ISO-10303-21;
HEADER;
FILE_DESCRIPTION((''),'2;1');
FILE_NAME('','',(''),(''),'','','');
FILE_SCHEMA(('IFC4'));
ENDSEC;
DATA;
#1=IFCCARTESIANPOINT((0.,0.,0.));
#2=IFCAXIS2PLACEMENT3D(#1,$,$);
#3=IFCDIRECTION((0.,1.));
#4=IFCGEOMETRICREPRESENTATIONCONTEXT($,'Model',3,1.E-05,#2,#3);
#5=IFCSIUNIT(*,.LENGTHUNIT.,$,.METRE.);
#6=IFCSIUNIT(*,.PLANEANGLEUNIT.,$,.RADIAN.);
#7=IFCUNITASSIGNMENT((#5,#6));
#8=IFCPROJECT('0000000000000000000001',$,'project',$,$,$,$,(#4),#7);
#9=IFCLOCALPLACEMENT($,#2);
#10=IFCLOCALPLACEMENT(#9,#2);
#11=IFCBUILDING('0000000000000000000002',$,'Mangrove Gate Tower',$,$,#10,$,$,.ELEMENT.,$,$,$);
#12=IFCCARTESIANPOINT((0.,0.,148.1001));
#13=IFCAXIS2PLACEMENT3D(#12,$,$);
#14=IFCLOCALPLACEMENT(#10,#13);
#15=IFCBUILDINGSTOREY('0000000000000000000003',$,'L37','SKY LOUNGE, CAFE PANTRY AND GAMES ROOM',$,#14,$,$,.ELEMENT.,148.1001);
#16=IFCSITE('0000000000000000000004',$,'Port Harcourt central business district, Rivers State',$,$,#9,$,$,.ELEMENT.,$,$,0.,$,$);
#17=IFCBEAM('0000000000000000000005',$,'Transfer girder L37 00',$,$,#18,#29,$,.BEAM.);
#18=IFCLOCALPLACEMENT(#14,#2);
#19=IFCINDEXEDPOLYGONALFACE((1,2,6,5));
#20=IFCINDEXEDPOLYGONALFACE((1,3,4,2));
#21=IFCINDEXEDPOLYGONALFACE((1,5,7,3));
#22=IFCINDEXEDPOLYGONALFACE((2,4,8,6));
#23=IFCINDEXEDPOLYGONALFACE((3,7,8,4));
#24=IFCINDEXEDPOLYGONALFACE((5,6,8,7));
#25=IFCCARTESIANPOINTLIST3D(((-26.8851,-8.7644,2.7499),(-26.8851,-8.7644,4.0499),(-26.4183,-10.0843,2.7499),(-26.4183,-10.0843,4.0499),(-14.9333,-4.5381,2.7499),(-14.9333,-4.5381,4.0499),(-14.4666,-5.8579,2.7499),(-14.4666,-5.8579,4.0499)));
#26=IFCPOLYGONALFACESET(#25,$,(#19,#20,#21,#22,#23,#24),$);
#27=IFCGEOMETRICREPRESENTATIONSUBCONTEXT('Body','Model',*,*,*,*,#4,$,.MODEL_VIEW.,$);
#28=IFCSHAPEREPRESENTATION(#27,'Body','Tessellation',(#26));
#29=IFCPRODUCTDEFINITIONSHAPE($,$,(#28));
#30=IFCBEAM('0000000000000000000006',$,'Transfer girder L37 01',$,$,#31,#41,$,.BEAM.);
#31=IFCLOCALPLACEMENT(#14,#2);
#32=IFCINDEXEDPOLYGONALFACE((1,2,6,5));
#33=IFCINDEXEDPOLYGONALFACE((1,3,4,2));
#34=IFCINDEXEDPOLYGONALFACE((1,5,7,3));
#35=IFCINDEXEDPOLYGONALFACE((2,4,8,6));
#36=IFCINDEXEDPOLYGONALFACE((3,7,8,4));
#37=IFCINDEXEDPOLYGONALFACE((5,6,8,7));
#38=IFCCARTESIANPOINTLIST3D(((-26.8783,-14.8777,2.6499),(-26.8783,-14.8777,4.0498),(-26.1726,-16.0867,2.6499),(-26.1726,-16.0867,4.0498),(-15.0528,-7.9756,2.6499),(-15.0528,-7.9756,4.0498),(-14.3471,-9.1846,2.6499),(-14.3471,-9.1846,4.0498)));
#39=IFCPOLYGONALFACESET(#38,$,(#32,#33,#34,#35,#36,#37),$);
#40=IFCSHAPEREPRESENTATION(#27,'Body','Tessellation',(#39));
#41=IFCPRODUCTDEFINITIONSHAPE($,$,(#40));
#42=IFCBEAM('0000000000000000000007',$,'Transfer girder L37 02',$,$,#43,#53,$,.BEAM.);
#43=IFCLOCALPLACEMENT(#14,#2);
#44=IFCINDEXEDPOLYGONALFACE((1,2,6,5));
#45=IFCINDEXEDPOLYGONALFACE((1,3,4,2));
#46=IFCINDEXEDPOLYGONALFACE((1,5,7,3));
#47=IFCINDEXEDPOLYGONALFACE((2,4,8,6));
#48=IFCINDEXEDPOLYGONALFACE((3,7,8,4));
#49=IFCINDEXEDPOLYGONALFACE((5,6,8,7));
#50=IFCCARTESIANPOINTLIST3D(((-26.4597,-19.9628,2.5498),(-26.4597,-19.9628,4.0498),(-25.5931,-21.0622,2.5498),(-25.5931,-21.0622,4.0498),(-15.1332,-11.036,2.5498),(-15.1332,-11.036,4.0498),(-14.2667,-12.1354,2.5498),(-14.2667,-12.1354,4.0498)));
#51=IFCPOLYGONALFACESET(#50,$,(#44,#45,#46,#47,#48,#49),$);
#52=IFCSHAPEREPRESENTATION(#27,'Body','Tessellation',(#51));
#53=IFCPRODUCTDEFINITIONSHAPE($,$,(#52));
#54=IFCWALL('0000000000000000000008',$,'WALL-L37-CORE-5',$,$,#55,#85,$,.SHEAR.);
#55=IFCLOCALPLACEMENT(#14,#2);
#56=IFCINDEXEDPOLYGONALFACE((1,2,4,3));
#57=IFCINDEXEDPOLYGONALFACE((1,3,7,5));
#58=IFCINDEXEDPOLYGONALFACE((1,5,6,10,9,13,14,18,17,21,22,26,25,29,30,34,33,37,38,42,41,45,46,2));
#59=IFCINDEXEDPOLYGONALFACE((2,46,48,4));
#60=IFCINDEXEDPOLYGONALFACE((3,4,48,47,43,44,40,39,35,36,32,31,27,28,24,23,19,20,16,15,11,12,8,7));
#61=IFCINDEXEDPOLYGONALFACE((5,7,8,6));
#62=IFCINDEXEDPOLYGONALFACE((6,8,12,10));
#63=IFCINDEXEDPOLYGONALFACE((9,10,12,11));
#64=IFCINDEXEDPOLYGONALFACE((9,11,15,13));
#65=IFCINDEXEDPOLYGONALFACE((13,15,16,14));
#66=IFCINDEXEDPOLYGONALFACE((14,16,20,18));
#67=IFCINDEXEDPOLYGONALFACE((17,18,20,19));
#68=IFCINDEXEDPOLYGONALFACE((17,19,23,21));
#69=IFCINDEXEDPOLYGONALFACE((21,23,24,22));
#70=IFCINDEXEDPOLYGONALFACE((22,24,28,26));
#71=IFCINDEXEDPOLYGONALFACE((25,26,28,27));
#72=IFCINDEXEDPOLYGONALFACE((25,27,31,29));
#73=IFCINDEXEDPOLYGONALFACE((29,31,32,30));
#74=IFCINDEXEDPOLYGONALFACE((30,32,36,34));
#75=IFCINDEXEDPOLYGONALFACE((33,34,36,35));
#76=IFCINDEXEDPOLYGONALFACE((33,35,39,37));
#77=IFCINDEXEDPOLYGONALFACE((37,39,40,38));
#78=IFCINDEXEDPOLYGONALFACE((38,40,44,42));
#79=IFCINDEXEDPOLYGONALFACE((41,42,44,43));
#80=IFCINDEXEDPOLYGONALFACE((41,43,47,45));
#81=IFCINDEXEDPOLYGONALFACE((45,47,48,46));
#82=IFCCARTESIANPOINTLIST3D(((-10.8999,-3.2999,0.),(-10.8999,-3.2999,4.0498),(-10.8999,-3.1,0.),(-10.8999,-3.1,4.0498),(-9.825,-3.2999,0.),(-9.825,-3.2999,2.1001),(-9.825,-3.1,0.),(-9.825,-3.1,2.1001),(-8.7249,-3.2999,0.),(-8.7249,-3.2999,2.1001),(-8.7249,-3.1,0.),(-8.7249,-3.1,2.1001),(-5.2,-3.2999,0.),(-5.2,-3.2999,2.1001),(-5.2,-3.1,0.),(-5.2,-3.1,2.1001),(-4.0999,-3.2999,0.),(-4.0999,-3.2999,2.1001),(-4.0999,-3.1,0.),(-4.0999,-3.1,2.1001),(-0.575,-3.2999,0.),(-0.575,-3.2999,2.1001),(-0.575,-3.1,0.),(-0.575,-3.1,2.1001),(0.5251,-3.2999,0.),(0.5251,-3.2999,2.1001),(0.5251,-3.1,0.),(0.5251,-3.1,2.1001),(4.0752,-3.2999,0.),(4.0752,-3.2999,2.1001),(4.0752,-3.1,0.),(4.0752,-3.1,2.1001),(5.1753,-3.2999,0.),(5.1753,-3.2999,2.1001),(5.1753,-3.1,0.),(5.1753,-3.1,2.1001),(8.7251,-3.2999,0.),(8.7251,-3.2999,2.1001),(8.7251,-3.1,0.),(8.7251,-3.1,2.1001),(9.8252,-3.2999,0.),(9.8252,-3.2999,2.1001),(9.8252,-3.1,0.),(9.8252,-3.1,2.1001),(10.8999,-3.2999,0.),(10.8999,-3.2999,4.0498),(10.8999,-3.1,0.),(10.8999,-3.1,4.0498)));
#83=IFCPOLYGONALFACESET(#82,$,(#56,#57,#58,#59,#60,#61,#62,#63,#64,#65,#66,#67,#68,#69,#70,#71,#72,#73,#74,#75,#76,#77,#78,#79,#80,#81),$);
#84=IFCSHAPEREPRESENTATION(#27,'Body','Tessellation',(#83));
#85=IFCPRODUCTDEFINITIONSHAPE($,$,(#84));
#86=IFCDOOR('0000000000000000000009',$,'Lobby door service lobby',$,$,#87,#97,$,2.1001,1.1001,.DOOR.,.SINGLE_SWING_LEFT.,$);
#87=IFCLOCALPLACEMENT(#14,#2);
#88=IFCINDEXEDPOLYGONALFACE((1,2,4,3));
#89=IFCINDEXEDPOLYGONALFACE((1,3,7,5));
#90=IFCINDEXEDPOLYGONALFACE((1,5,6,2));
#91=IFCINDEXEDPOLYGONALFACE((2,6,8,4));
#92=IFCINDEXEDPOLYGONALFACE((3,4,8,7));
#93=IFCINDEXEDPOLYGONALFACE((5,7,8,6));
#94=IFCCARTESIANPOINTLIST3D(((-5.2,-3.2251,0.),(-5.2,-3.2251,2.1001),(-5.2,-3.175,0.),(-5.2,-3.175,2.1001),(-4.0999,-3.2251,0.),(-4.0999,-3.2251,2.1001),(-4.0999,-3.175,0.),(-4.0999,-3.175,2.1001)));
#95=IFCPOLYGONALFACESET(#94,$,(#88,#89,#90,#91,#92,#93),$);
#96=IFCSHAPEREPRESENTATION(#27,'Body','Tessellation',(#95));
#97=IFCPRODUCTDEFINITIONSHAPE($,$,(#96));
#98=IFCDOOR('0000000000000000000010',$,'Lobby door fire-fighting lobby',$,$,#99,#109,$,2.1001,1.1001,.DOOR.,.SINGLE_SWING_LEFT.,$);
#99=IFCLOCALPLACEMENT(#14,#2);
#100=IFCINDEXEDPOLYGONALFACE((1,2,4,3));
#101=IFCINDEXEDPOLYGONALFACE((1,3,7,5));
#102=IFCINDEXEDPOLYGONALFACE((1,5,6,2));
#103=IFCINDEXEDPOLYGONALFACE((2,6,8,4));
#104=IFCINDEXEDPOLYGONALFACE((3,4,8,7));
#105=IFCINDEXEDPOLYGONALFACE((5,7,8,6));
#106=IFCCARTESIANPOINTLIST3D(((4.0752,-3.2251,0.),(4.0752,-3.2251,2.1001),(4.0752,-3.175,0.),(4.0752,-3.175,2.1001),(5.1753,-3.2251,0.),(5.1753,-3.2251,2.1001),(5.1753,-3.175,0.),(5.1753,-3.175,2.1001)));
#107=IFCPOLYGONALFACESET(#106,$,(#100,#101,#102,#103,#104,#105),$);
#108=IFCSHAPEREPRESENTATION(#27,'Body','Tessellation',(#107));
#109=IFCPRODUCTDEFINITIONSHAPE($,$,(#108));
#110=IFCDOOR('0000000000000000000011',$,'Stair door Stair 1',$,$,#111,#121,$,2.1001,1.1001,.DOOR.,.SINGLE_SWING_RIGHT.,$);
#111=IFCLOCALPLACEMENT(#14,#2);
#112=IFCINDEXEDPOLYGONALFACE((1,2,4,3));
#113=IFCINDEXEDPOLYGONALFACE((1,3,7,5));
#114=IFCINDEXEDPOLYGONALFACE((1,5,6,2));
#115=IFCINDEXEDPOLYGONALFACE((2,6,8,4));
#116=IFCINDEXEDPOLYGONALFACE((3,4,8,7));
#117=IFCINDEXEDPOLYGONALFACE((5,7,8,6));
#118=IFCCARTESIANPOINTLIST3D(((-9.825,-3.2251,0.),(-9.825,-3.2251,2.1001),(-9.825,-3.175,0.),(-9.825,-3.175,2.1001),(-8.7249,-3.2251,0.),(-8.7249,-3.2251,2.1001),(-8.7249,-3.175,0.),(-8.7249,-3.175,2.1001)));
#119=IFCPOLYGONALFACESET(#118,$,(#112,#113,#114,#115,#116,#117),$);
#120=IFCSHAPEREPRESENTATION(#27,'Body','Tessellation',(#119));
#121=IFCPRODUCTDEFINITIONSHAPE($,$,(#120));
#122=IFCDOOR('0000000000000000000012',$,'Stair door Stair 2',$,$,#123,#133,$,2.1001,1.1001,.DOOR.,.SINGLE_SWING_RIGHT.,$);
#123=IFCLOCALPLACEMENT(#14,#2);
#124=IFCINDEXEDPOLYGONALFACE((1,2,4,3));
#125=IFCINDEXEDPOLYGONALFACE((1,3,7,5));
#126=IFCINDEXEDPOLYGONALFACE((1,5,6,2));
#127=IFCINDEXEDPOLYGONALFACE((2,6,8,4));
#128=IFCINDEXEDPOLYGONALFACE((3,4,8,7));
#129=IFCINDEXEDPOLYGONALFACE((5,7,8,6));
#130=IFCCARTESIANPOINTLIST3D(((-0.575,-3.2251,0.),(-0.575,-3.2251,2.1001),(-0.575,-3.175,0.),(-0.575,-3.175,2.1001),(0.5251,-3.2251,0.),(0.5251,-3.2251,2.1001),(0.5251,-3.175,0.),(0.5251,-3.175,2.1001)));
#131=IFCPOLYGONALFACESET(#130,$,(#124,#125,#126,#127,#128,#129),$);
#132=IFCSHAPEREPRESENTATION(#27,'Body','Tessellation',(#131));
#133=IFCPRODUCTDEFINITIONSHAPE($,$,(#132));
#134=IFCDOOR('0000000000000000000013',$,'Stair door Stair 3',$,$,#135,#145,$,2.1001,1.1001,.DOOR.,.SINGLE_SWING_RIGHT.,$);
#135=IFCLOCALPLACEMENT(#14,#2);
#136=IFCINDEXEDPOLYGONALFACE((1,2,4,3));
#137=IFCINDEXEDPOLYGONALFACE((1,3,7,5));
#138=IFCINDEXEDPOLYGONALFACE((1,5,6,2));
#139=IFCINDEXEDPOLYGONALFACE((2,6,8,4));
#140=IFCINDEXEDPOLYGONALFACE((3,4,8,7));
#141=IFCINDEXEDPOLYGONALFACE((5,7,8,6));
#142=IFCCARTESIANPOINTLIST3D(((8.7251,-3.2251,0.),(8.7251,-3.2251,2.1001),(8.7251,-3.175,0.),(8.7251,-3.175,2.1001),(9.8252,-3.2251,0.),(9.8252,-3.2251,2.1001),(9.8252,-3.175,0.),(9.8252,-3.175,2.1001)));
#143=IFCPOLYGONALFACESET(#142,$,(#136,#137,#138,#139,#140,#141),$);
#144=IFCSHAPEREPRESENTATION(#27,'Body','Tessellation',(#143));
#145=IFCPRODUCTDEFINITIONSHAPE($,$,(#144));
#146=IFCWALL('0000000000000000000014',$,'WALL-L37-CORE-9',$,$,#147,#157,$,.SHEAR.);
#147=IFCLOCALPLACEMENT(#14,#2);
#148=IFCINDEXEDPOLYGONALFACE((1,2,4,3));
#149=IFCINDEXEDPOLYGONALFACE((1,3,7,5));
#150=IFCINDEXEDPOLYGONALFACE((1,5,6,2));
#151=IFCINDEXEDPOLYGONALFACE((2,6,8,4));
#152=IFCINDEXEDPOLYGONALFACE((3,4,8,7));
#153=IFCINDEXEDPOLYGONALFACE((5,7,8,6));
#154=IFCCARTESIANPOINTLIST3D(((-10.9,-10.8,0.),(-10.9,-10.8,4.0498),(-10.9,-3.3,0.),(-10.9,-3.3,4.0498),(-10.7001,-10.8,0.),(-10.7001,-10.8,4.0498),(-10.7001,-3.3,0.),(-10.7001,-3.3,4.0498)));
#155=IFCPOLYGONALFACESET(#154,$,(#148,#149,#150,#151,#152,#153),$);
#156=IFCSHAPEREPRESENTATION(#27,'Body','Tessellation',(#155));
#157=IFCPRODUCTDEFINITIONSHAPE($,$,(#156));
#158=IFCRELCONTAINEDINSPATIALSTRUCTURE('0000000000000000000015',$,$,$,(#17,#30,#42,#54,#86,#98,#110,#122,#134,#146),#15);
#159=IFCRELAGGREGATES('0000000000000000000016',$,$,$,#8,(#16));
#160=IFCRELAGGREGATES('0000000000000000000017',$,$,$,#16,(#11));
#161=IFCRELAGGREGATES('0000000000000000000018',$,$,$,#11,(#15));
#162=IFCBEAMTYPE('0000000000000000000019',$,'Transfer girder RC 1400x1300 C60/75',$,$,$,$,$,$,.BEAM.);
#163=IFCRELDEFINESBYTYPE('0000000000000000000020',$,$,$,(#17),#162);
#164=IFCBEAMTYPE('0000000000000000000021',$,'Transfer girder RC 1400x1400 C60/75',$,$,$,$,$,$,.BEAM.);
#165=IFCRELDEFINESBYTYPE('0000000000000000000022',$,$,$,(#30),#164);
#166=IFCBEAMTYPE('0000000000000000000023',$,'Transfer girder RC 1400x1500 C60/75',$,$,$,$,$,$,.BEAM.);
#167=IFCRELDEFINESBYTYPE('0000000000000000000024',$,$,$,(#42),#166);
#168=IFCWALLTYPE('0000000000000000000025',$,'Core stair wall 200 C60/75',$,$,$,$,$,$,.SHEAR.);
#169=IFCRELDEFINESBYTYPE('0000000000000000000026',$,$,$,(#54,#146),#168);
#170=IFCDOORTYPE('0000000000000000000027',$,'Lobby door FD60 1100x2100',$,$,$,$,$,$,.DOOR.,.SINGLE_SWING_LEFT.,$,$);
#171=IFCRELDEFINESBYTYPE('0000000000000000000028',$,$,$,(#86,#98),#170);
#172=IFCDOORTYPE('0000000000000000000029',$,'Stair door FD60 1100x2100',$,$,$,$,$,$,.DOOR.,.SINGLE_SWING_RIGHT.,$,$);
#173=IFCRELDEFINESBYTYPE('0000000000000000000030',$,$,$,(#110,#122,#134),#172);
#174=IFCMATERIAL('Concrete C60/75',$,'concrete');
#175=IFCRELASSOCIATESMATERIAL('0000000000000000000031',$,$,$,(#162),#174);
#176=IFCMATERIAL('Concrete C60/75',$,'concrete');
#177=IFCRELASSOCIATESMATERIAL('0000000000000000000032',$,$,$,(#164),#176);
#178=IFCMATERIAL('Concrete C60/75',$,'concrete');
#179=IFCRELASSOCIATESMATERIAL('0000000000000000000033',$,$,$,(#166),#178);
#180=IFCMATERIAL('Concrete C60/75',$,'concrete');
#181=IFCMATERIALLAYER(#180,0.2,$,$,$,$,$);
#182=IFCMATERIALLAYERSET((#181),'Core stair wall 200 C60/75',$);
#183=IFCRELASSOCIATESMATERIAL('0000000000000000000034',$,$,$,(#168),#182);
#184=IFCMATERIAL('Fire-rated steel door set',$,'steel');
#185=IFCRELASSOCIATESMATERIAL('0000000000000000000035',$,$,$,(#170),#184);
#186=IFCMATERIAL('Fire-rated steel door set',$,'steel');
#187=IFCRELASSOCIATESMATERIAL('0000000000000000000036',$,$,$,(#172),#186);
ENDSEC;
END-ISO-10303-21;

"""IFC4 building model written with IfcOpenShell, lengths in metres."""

from ifc_helpers import new_model, si_unit, direction, frame, frame_2d, origin, origin_2d, place, context, subcontext, project, spatial, rectangle, extrude, material, layer, layer_set, material_profile, profile_set, type_object, element, fill, save


model = new_model("IFC4")

# Units and contexts
model_context = context("Model", 3, precision=1e-05, world=origin(), true_north=direction((0.0, 1.0)))
body_context = subcontext(model_context, "Body", "Model", "MODEL_VIEW")
ifc_project = project(units=[si_unit("LENGTHUNIT", "METRE"), si_unit("PLANEANGLEUNIT", "RADIAN")], contexts=[model_context])

# Site, building, storey
site_placement = place(None, origin())
site = spatial("IfcSite", under=ifc_project, at=site_placement, Name="Port Harcourt central business district, Rivers State", CompositionType="ELEMENT", RefElevation=0.0)
building_placement = place(site_placement, origin())
building = spatial("IfcBuilding", under=site, at=building_placement, Name="Mangrove Gate Tower", CompositionType="ELEMENT")
storey_placement = place(building_placement, frame((0.0, 0.0, 148.1001)))
storey = spatial("IfcBuildingStorey", under=building, at=storey_placement, Name="L37", Description="SKY LOUNGE, CAFE PANTRY AND GAMES ROOM", CompositionType="ELEMENT", Elevation=148.1001)

# Beams
ifc_material_1 = material(Name="Concrete C60/75", Category="concrete")
ifc_material_profile_1 = material_profile(ifc_material_1, rectangle(XDim=1.3999, YDim=1.3, at=origin_2d()))
ifc_profile_set_1 = profile_set([ifc_material_profile_1], Name="Concrete C60/75")
beam_type_1 = type_object("IfcBeamType", Name="Transfer girder RC 1400x1300 C60/75", PredefinedType="BEAM", material=ifc_profile_set_1)
beam_1_placement = place(storey_placement, frame((-14.7, -5.198, 3.3999), z_axis=(-0.94279, -0.333387, 0.0), x_axis=(0.333387, -0.94279, 0.0)))
element("IfcBeam", 1, at=beam_1_placement, inside=storey, type_object=beam_type_1, Name="Transfer girder L37 00", PredefinedType="BEAM", context=body_context, shape_type="SweptSolid", body=[
    extrude(rectangle(XDim=1.3999, YDim=1.3, at=origin_2d()), origin(), (0.0, 0.0, 1.0), 12.677),
])
ifc_material_2 = material(Name="Concrete C60/75", Category="concrete")
ifc_material_profile_2 = material_profile(ifc_material_2, rectangle(XDim=1.3999, YDim=1.3999, at=origin_2d()))
ifc_profile_set_2 = profile_set([ifc_material_profile_2], Name="Concrete C60/75")
beam_type_2 = type_object("IfcBeamType", Name="Transfer girder RC 1400x1400 C60/75", PredefinedType="BEAM", material=ifc_profile_set_2)
beam_2_placement = place(storey_placement, frame((-14.7, -8.5801, 3.3499), z_axis=(-0.863654, -0.504085, 0.0), x_axis=(0.504085, -0.863654, 0.0)))
element("IfcBeam", 2, at=beam_2_placement, inside=storey, type_object=beam_type_2, Name="Transfer girder L37 01", PredefinedType="BEAM", context=body_context, shape_type="SweptSolid", body=[
    extrude(rectangle(XDim=1.3999, YDim=1.3999, at=origin_2d()), origin(), (0.0, 0.0, 1.0), 13.6924),
])
ifc_material_3 = material(Name="Concrete C60/75", Category="concrete")
ifc_material_profile_3 = material_profile(ifc_material_3, rectangle(XDim=1.3999, YDim=1.5, at=origin_2d()))
ifc_profile_set_3 = profile_set([ifc_material_profile_3], Name="Concrete C60/75")
beam_type_3 = type_object("IfcBeamType", Name="Transfer girder RC 1400x1500 C60/75", PredefinedType="BEAM", material=ifc_profile_set_3)
beam_3_placement = place(storey_placement, frame((-14.7, -11.5857, 3.2998), z_axis=(-0.785393, -0.618997, 0.0), x_axis=(0.618997, -0.785393, 0.0)))
element("IfcBeam", 3, at=beam_3_placement, inside=storey, type_object=beam_type_3, Name="Transfer girder L37 02", PredefinedType="BEAM", context=body_context, shape_type="SweptSolid", body=[
    extrude(rectangle(XDim=1.3999, YDim=1.5, at=origin_2d()), origin(), (0.0, 0.0, 1.0), 14.4214),
])

# Wall, openings, doors
ifc_material_4 = material(Name="Concrete C60/75", Category="concrete")
ifc_layer_1 = layer(ifc_material_4, 0.2)
ifc_layer_set_1 = layer_set([ifc_layer_1], Name="Core stair wall 200 C60/75")
wall_type_1 = type_object("IfcWallType", Name="Core stair wall 200 C60/75", PredefinedType="SHEAR", material=ifc_layer_set_1)
wall_1_placement = place(storey_placement, frame((-10.8999, -3.2, 0.0), z_axis=(0.0, 0.0, 1.0), x_axis=(1.0, 0.0, 0.0)))
wall_1 = element("IfcWall", 4, at=wall_1_placement, inside=storey, type_object=wall_type_1, Name="WALL-L37-CORE-5", PredefinedType="SHEAR", context=body_context, shape_type="SweptSolid", body=[
    extrude(rectangle(XDim=21.7998, YDim=0.2, at=frame_2d((10.8999, 0.0))), origin(), (0.0, 0.0, 1.0), 4.0498),
])
opening_1_placement = place(wall_1_placement, frame((1.075, 0.0, 0.0)))
opening_1 = element("IfcOpeningElement", 5, at=opening_1_placement, cuts=wall_1, PredefinedType="OPENING", context=body_context, shape_type="SweptSolid", body=[
    extrude(rectangle(XDim=1.1001, YDim=2.1001, at=frame_2d((0.55, 1.05))), frame((0.0, 0.1099, 0.0), z_axis=(0.0, -1.0, 0.0), x_axis=(1.0, 0.0, 0.0)), (0.0, 0.0, 1.0), 0.22),
])
opening_2_placement = place(wall_1_placement, frame((10.325, 0.0, 0.0)))
opening_2 = element("IfcOpeningElement", 6, at=opening_2_placement, cuts=wall_1, PredefinedType="OPENING", context=body_context, shape_type="SweptSolid", body=[
    extrude(rectangle(XDim=1.1001, YDim=2.1001, at=frame_2d((0.55, 1.05))), frame((0.0, 0.1099, 0.0), z_axis=(0.0, -1.0, 0.0), x_axis=(1.0, 0.0, 0.0)), (0.0, 0.0, 1.0), 0.22),
])
opening_3_placement = place(wall_1_placement, frame((19.625, 0.0, 0.0)))
opening_3 = element("IfcOpeningElement", 7, at=opening_3_placement, cuts=wall_1, PredefinedType="OPENING", context=body_context, shape_type="SweptSolid", body=[
    extrude(rectangle(XDim=1.1001, YDim=2.1001, at=frame_2d((0.55, 1.05))), frame((0.0, 0.1099, 0.0), z_axis=(0.0, -1.0, 0.0), x_axis=(1.0, 0.0, 0.0)), (0.0, 0.0, 1.0), 0.22),
])
opening_4_placement = place(wall_1_placement, frame((5.7, 0.0, 0.0)))
opening_4 = element("IfcOpeningElement", 8, at=opening_4_placement, cuts=wall_1, PredefinedType="OPENING", context=body_context, shape_type="SweptSolid", body=[
    extrude(rectangle(XDim=1.1001, YDim=2.1001, at=frame_2d((0.55, 1.05))), frame((0.0, 0.1099, 0.0), z_axis=(0.0, -1.0, 0.0), x_axis=(1.0, 0.0, 0.0)), (0.0, 0.0, 1.0), 0.22),
])
opening_5_placement = place(wall_1_placement, frame((14.9751, 0.0, 0.0)))
opening_5 = element("IfcOpeningElement", 9, at=opening_5_placement, cuts=wall_1, PredefinedType="OPENING", context=body_context, shape_type="SweptSolid", body=[
    extrude(rectangle(XDim=1.1001, YDim=2.1001, at=frame_2d((0.55, 1.05))), frame((0.0, 0.1099, 0.0), z_axis=(0.0, -1.0, 0.0), x_axis=(1.0, 0.0, 0.0)), (0.0, 0.0, 1.0), 0.22),
])
ifc_material_5 = material(Name="Fire-rated steel door set", Category="steel")
door_type_1 = type_object("IfcDoorType", Name="Lobby door FD60 1100x2100", OperationType="SINGLE_SWING_LEFT", PredefinedType="DOOR", material=ifc_material_5)
door_1_placement = place(opening_4_placement, origin())
door_1 = element("IfcDoor", 10, at=door_1_placement, inside=storey, type_object=door_type_1, Name="Lobby door service lobby", OperationType="SINGLE_SWING_LEFT", OverallHeight=2.1001, OverallWidth=1.1001, PredefinedType="DOOR", context=body_context, shape_type="SweptSolid", body=[
    extrude(rectangle(XDim=1.1001, YDim=2.1001, at=frame_2d((0.55, 1.05))), frame((0.0, 0.0249, 0.0), z_axis=(0.0, -1.0, 0.0), x_axis=(1.0, 0.0, 0.0)), (0.0, 0.0, 1.0), 0.05),
])
fill(opening_4, door_1)
door_2_placement = place(opening_5_placement, origin())
door_2 = element("IfcDoor", 11, at=door_2_placement, inside=storey, type_object=door_type_1, Name="Lobby door fire-fighting lobby", OperationType="SINGLE_SWING_LEFT", OverallHeight=2.1001, OverallWidth=1.1001, PredefinedType="DOOR", context=body_context, shape_type="SweptSolid", body=[
    extrude(rectangle(XDim=1.1001, YDim=2.1001, at=frame_2d((0.55, 1.05))), frame((0.0, 0.0249, 0.0), z_axis=(0.0, -1.0, 0.0), x_axis=(1.0, 0.0, 0.0)), (0.0, 0.0, 1.0), 0.05),
])
fill(opening_5, door_2)
ifc_material_6 = material(Name="Fire-rated steel door set", Category="steel")
door_type_2 = type_object("IfcDoorType", Name="Stair door FD60 1100x2100", OperationType="SINGLE_SWING_RIGHT", PredefinedType="DOOR", material=ifc_material_6)
door_3_placement = place(opening_1_placement, origin())
door_3 = element("IfcDoor", 12, at=door_3_placement, inside=storey, type_object=door_type_2, Name="Stair door Stair 1", OperationType="SINGLE_SWING_RIGHT", OverallHeight=2.1001, OverallWidth=1.1001, PredefinedType="DOOR", context=body_context, shape_type="SweptSolid", body=[
    extrude(rectangle(XDim=1.1001, YDim=2.1001, at=frame_2d((0.55, 1.05))), frame((0.0, 0.0249, 0.0), z_axis=(0.0, -1.0, 0.0), x_axis=(1.0, 0.0, 0.0)), (0.0, 0.0, 1.0), 0.05),
])
fill(opening_1, door_3)
door_4_placement = place(opening_2_placement, origin())
door_4 = element("IfcDoor", 13, at=door_4_placement, inside=storey, type_object=door_type_2, Name="Stair door Stair 2", OperationType="SINGLE_SWING_RIGHT", OverallHeight=2.1001, OverallWidth=1.1001, PredefinedType="DOOR", context=body_context, shape_type="SweptSolid", body=[
    extrude(rectangle(XDim=1.1001, YDim=2.1001, at=frame_2d((0.55, 1.05))), frame((0.0, 0.0249, 0.0), z_axis=(0.0, -1.0, 0.0), x_axis=(1.0, 0.0, 0.0)), (0.0, 0.0, 1.0), 0.05),
])
fill(opening_2, door_4)
door_5_placement = place(opening_3_placement, origin())
door_5 = element("IfcDoor", 14, at=door_5_placement, inside=storey, type_object=door_type_2, Name="Stair door Stair 3", OperationType="SINGLE_SWING_RIGHT", OverallHeight=2.1001, OverallWidth=1.1001, PredefinedType="DOOR", context=body_context, shape_type="SweptSolid", body=[
    extrude(rectangle(XDim=1.1001, YDim=2.1001, at=frame_2d((0.55, 1.05))), frame((0.0, 0.0249, 0.0), z_axis=(0.0, -1.0, 0.0), x_axis=(1.0, 0.0, 0.0)), (0.0, 0.0, 1.0), 0.05),
])
fill(opening_3, door_5)

# Wall
wall_2_placement = place(storey_placement, frame((-10.8, -10.8, 0.0), z_axis=(0.0, 0.0, 1.0), x_axis=(0.0, 1.0, 0.0)))
element("IfcWall", 15, at=wall_2_placement, inside=storey, type_object=wall_type_1, Name="WALL-L37-CORE-9", PredefinedType="SHEAR", context=body_context, shape_type="SweptSolid", body=[
    extrude(rectangle(XDim=7.5, YDim=0.2, at=frame_2d((3.75, 0.0))), origin(), (0.0, 0.0, 1.0), 4.0498),
])

save(model, "model.ifc")
